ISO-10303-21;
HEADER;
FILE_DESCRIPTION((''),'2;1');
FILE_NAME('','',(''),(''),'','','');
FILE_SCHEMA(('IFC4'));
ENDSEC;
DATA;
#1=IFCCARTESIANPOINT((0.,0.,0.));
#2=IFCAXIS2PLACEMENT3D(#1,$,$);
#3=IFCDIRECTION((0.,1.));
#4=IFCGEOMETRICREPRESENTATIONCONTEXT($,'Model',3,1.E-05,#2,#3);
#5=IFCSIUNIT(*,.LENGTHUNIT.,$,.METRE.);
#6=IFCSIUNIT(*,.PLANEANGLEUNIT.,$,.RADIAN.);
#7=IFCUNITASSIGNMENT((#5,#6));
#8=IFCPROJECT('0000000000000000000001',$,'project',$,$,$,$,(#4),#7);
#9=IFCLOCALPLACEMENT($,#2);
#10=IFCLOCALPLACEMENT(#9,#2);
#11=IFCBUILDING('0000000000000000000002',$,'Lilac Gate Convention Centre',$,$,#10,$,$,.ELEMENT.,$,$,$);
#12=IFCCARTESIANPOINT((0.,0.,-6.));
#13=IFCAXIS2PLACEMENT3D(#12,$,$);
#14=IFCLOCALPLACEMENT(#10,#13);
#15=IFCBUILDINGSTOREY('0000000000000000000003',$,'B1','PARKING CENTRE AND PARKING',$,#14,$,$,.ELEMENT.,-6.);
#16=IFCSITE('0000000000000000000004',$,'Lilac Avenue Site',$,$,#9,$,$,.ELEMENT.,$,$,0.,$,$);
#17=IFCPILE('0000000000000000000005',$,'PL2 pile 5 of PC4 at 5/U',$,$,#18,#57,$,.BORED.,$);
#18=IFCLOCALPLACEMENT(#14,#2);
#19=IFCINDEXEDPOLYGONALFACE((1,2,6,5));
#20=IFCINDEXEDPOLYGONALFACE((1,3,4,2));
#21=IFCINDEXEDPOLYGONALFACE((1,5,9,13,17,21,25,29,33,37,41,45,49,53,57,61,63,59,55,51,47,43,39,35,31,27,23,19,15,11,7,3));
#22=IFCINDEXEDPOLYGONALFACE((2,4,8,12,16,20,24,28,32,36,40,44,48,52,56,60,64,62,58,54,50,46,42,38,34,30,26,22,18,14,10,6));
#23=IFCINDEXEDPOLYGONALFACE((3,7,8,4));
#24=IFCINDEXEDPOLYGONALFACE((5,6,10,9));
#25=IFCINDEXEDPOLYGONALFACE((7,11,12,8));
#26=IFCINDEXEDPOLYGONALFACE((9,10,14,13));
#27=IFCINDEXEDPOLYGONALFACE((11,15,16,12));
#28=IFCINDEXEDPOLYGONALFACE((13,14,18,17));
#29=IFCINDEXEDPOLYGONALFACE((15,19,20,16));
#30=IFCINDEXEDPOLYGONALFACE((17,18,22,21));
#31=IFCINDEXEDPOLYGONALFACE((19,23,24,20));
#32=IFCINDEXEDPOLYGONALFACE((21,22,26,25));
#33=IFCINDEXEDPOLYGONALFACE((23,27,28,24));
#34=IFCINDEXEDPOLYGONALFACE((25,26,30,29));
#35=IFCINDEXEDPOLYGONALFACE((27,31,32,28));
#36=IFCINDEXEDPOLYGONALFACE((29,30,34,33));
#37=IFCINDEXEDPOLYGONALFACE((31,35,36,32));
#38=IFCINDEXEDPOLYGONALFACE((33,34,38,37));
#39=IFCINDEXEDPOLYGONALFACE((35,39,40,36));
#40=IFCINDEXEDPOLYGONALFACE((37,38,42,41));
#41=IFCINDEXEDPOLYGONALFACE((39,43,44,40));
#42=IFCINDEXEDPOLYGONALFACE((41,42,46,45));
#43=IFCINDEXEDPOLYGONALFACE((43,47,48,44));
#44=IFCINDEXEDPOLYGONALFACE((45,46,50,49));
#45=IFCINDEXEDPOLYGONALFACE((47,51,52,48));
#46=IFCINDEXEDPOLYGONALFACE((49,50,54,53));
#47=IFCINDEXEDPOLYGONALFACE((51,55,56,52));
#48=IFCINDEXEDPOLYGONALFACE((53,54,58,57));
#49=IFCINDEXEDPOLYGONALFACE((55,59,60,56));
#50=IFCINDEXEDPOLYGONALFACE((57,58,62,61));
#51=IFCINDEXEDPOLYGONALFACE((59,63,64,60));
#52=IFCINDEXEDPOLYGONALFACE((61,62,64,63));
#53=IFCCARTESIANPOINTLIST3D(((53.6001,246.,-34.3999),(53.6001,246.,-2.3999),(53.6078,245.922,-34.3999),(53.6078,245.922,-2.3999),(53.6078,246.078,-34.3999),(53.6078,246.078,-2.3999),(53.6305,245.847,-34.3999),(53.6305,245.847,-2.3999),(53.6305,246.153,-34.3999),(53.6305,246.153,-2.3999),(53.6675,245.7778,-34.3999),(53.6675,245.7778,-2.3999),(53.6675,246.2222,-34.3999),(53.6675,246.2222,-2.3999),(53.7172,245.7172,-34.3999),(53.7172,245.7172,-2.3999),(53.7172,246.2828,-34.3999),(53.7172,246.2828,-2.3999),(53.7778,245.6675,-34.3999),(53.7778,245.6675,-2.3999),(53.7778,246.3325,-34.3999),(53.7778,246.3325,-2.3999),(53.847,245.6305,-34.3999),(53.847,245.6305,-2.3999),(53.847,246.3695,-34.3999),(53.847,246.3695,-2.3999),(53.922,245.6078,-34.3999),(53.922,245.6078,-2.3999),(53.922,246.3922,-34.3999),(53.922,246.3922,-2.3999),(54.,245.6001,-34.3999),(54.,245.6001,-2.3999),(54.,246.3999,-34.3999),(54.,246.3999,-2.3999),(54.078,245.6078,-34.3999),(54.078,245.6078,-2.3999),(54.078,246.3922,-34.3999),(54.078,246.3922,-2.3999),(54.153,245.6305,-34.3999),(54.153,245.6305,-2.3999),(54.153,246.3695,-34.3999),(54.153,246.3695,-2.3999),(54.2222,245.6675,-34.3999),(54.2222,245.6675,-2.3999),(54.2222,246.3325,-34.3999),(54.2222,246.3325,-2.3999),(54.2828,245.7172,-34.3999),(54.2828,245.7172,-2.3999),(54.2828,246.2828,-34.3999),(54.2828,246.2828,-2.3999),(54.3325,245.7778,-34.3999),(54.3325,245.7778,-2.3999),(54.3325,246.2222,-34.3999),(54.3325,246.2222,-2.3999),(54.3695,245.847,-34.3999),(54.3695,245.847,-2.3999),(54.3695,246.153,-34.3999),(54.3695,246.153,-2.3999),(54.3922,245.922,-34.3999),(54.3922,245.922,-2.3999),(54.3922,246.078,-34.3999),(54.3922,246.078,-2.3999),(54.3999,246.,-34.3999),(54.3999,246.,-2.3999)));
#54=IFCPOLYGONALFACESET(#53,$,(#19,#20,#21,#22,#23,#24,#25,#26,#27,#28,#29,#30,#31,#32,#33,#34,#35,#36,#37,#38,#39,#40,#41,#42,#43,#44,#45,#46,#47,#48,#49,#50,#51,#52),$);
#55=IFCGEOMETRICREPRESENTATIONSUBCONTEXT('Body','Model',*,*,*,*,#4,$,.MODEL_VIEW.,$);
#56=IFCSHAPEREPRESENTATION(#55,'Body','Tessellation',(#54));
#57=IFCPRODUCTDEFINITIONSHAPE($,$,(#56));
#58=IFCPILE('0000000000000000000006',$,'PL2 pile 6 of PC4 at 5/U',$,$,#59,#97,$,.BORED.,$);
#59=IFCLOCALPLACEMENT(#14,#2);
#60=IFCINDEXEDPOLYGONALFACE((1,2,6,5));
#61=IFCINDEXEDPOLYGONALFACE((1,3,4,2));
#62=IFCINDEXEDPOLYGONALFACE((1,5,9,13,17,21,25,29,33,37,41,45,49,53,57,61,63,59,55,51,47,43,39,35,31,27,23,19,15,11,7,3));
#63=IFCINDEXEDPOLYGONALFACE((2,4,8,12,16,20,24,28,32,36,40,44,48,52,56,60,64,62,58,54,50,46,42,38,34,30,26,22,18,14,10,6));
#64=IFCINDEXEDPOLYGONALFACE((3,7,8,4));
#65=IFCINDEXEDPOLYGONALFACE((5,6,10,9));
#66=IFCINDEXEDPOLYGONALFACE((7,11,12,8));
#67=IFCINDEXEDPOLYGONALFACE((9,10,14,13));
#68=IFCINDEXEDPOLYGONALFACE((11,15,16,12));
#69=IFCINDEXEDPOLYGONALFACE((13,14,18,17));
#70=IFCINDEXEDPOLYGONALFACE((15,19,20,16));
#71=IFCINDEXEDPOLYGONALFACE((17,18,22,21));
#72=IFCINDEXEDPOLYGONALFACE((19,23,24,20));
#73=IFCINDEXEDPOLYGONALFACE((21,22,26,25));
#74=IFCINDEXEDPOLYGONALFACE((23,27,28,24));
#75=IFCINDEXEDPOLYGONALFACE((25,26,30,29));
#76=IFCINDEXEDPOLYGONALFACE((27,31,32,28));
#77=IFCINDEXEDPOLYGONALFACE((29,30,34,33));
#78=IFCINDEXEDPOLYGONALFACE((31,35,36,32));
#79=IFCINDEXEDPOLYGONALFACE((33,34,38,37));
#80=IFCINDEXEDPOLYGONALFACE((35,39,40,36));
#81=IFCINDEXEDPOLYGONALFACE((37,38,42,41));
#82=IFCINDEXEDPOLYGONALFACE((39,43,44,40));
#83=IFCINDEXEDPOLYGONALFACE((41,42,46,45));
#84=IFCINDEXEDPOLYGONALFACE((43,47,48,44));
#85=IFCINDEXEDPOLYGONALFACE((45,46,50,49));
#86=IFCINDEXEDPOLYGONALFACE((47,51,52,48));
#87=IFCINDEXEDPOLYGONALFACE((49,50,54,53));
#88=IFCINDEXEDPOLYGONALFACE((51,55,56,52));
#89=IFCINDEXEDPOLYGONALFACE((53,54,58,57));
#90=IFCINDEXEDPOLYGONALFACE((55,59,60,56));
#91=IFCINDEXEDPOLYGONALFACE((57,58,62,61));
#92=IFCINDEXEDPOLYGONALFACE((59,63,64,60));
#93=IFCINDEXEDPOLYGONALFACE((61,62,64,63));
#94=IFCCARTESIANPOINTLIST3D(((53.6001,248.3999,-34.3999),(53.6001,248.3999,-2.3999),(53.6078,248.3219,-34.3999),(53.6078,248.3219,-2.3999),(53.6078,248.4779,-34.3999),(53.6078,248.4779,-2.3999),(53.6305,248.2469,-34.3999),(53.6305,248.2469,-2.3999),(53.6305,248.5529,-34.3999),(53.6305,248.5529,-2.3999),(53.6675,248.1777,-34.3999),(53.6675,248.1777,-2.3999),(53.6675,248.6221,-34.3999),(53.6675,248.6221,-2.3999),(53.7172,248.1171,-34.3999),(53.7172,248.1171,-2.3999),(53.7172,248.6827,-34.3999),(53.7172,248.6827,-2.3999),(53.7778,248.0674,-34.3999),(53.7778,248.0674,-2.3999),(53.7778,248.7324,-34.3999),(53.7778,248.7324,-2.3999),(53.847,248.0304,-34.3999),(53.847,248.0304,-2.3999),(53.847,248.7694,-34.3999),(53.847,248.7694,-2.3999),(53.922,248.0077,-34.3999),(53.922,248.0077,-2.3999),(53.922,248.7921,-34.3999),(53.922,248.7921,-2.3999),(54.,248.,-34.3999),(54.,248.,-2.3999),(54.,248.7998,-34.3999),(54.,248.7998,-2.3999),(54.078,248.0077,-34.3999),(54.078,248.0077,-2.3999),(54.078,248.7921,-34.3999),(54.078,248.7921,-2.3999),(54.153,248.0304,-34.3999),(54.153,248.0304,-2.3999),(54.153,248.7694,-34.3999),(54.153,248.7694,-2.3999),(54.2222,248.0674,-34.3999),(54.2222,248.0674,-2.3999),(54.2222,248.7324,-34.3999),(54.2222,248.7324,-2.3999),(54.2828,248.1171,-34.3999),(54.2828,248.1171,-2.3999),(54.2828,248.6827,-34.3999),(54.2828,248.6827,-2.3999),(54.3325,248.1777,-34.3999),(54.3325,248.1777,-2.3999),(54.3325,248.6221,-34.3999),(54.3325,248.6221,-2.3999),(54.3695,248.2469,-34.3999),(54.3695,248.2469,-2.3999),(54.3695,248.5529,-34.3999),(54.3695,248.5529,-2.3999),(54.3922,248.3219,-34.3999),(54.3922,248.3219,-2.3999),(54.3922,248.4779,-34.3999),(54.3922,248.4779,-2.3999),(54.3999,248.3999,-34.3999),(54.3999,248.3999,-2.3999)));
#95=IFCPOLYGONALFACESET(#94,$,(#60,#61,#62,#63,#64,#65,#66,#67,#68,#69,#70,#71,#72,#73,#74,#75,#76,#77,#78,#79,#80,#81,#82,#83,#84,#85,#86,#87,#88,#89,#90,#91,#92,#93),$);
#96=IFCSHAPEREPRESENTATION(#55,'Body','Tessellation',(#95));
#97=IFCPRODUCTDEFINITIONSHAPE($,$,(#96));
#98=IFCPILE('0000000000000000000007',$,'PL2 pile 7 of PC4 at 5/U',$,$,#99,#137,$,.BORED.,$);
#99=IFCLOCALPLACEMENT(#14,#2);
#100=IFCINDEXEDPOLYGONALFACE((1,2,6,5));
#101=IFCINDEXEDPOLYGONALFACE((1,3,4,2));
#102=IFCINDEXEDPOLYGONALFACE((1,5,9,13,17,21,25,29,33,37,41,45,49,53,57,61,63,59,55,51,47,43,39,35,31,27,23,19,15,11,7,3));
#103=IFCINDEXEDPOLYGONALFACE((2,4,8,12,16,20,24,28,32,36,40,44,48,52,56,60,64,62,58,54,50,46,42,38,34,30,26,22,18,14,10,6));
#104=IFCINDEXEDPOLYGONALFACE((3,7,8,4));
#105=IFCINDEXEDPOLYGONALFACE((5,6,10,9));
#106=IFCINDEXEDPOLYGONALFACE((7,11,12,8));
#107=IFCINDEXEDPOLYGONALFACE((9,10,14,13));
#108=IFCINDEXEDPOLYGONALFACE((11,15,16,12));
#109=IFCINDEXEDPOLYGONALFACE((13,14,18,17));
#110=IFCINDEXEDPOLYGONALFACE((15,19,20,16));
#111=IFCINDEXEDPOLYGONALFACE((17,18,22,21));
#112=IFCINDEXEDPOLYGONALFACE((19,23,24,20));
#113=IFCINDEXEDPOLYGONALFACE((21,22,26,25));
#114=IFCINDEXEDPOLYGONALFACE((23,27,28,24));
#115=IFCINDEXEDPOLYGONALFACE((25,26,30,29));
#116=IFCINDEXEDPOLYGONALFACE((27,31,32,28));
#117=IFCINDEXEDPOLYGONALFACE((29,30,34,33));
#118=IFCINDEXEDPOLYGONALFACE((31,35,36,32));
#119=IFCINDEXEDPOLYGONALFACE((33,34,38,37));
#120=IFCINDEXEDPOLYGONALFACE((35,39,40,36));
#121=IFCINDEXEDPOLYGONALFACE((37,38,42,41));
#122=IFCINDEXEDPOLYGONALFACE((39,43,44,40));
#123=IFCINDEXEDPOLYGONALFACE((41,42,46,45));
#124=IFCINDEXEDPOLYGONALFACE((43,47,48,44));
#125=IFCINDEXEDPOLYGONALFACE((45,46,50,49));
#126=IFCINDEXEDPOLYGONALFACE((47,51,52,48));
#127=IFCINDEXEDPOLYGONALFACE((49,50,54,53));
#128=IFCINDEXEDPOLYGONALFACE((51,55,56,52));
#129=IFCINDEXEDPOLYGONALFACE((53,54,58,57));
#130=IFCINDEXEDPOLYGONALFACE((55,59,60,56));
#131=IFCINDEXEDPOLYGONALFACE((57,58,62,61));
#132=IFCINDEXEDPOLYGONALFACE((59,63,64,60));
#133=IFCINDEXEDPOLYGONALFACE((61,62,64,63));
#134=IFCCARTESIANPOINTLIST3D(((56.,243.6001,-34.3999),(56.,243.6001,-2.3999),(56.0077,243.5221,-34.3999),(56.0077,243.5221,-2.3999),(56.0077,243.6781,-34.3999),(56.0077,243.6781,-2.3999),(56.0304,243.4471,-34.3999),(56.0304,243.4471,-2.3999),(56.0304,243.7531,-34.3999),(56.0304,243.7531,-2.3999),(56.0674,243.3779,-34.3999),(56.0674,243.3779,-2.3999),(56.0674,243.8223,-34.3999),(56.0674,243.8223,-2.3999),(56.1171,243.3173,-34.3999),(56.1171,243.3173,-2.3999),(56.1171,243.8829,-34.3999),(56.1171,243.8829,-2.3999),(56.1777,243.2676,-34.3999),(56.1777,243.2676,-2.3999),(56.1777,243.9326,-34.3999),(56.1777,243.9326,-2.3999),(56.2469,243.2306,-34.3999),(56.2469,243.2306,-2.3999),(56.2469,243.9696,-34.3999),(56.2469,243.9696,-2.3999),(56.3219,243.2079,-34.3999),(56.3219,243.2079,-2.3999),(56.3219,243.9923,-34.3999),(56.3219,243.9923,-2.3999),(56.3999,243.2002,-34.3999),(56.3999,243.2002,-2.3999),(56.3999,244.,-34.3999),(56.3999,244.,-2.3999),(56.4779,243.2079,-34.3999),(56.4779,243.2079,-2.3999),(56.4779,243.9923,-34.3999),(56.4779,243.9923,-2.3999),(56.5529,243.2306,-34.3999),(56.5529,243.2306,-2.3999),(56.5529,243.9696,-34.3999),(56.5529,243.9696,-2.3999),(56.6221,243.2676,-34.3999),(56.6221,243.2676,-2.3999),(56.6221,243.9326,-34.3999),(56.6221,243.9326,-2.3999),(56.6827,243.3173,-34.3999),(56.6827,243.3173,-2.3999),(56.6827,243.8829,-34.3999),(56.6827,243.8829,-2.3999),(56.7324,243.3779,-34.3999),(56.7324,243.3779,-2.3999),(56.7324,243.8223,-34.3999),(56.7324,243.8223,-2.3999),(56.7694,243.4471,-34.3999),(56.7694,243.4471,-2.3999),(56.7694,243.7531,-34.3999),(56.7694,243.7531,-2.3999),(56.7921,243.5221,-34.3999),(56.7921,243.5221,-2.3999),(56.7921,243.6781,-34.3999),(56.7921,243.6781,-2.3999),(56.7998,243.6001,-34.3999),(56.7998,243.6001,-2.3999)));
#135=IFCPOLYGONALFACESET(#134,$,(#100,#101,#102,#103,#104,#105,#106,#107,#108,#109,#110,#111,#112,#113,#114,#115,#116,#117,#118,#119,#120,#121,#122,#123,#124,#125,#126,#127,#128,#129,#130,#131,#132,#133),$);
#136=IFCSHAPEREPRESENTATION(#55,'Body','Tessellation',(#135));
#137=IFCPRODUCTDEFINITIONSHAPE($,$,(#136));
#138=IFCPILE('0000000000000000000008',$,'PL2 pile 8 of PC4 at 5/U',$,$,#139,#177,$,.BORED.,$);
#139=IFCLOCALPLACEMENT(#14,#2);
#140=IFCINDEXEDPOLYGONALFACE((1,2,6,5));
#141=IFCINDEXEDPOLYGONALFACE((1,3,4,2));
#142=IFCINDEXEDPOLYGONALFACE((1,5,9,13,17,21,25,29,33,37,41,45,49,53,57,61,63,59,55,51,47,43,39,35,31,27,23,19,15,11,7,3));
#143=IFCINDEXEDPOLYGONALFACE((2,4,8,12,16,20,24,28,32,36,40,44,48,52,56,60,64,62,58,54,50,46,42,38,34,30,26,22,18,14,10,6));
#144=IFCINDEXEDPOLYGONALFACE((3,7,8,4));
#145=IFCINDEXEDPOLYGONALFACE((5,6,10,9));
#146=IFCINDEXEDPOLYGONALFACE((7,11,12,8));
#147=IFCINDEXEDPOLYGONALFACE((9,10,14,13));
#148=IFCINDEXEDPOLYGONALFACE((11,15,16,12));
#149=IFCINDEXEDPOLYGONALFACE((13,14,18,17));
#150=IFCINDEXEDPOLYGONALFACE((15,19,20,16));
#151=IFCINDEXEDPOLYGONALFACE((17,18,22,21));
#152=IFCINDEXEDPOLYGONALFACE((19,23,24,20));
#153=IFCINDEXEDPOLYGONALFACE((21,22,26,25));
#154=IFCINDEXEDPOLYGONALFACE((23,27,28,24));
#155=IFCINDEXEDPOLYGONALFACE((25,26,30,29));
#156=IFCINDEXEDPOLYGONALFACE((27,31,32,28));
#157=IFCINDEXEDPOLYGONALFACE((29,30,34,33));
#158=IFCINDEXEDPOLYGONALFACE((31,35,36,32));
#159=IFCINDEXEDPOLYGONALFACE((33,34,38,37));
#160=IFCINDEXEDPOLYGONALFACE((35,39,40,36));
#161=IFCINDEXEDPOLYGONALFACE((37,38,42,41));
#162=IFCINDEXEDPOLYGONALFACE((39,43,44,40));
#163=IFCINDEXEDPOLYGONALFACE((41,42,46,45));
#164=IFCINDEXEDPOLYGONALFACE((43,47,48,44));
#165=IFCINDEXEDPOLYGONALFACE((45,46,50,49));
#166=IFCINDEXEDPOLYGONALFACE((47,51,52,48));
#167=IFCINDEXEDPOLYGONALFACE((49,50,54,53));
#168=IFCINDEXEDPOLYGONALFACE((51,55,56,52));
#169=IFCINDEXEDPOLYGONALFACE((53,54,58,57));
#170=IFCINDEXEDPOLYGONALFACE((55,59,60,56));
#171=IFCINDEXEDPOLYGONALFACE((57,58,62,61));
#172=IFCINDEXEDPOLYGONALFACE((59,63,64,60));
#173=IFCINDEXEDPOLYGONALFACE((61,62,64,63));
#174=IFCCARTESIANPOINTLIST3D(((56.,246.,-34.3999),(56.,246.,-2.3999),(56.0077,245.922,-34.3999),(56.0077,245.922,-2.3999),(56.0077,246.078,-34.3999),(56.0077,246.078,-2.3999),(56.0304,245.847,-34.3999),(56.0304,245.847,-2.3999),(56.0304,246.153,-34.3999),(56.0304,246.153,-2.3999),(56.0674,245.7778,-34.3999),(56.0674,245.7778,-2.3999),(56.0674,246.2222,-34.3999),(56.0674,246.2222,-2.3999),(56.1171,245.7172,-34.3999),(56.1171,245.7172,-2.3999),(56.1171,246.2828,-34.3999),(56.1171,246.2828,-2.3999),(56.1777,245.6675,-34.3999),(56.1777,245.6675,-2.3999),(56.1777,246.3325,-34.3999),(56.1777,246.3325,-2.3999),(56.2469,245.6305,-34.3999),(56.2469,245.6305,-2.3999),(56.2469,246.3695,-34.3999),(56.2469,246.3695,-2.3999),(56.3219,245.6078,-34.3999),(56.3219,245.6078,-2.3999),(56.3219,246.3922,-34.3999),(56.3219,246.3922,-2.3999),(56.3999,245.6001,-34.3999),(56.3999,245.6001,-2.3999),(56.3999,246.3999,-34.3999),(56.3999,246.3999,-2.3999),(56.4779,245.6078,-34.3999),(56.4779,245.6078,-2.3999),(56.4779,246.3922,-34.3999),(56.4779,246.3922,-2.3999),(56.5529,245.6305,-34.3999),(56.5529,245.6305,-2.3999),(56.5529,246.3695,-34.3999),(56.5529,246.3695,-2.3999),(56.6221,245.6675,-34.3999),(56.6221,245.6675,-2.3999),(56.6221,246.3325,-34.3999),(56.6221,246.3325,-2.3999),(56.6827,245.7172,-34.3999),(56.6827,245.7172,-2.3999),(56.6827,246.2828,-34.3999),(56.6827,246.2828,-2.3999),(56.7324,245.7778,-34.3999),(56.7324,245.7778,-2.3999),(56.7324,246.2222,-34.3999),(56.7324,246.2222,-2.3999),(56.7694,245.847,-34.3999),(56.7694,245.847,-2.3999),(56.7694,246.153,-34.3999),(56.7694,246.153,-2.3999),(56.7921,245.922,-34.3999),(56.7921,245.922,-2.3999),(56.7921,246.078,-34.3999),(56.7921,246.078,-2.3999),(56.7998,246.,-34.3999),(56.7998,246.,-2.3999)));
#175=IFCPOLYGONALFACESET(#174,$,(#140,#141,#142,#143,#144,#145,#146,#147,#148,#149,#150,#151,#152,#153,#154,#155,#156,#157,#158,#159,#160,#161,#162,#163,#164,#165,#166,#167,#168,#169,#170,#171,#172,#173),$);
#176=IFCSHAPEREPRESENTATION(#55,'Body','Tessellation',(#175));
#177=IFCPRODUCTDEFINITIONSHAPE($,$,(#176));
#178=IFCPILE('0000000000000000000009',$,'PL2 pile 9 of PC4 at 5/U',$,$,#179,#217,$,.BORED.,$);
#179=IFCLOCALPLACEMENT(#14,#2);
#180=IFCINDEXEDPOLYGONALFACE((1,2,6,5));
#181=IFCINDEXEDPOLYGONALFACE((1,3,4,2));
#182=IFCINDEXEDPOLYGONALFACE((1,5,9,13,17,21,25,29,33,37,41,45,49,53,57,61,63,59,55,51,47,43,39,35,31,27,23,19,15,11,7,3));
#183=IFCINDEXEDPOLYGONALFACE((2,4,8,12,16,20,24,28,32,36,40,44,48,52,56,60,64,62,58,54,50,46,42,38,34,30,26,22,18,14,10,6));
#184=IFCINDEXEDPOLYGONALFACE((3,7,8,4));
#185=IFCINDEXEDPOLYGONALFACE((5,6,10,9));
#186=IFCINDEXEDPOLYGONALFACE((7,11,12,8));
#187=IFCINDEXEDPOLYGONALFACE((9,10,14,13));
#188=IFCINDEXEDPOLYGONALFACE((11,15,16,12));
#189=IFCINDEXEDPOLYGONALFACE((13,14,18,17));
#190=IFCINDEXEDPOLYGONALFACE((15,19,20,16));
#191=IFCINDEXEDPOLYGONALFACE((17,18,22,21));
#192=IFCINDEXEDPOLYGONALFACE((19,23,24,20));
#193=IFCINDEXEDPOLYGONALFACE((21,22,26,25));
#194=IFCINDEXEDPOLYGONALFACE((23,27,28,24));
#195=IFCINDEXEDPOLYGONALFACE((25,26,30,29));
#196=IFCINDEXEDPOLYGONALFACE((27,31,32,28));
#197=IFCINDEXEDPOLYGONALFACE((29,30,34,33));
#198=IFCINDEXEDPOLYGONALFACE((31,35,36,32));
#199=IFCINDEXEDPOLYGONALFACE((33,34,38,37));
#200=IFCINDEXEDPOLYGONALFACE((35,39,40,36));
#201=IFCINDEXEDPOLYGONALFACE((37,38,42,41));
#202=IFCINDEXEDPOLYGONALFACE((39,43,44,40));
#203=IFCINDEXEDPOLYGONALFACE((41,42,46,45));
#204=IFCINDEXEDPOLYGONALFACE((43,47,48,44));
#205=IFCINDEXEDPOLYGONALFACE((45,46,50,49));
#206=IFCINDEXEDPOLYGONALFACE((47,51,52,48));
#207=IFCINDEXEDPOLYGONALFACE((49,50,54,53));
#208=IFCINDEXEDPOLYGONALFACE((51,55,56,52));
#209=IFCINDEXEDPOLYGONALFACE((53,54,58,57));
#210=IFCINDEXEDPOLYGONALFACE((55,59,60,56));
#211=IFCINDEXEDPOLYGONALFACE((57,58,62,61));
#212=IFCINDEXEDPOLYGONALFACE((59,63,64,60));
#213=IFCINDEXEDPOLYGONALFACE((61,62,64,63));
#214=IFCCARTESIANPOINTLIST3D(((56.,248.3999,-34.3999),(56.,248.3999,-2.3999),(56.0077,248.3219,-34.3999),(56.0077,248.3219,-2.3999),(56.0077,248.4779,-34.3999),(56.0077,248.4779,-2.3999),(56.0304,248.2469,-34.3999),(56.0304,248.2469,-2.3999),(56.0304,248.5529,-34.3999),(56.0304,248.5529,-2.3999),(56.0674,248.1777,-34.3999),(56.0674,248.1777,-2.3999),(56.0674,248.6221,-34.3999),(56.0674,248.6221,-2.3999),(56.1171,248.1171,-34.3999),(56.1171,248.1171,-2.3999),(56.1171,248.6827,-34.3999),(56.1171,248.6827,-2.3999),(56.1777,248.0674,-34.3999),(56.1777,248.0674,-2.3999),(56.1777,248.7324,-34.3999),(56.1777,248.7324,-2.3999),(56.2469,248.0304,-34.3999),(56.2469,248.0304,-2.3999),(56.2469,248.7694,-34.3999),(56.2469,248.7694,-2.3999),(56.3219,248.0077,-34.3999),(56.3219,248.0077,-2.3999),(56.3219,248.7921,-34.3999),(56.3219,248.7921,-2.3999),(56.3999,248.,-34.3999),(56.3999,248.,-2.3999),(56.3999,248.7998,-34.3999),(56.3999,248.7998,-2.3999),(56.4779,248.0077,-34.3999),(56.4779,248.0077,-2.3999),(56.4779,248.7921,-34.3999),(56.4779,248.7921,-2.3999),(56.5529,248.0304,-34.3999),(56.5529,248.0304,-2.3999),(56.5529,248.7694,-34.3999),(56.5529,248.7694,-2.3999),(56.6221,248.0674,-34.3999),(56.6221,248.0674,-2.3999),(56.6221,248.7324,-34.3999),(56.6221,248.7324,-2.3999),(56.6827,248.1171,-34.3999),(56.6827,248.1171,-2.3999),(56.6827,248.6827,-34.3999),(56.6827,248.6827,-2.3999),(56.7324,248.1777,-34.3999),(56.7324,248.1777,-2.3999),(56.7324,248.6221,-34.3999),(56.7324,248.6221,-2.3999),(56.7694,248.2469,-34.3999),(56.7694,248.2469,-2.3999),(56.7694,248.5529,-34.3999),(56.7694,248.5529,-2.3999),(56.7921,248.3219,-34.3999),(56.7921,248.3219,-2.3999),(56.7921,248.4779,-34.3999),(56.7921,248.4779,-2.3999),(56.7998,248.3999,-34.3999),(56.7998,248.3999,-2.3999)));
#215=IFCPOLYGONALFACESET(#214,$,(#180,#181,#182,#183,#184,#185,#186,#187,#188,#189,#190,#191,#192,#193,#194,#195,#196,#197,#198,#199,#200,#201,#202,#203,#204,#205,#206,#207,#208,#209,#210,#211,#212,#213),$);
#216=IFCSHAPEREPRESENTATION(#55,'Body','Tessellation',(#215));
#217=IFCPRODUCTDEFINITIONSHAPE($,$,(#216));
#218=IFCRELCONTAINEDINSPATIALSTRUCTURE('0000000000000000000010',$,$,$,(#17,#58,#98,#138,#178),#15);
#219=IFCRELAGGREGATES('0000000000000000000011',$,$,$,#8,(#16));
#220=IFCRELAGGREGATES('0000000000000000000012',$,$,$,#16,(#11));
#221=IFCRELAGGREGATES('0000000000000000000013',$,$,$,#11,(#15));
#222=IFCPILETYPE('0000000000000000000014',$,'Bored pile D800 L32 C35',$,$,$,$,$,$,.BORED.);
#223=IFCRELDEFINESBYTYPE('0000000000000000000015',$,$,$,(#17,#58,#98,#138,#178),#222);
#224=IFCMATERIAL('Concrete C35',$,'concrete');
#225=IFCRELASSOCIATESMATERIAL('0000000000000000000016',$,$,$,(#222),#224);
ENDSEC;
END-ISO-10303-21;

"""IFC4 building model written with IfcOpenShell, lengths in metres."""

from ifc_helpers import new_model, si_unit, direction, frame, origin, origin_2d, place, context, subcontext, project, spatial, circle, extrude, material, material_profile, profile_set, type_object, element, save


model = new_model("IFC4")

# Units and contexts
model_context = context("Model", 3, precision=1e-05, world=origin(), true_north=direction((0.0, 1.0)))
body_context = subcontext(model_context, "Body", "Model", "MODEL_VIEW")
ifc_project = project(units=[si_unit("LENGTHUNIT", "METRE"), si_unit("PLANEANGLEUNIT", "RADIAN")], contexts=[model_context])

# Site, building, storey
site_placement = place(None, origin())
site = spatial("IfcSite", under=ifc_project, at=site_placement, Name="Lilac Avenue Site", CompositionType="ELEMENT", RefElevation=0.0)
building_placement = place(site_placement, origin())
building = spatial("IfcBuilding", under=site, at=building_placement, Name="Lilac Gate Convention Centre", CompositionType="ELEMENT")
storey_placement = place(building_placement, frame((0.0, 0.0, -6.0)))
storey = spatial("IfcBuildingStorey", under=building, at=storey_placement, Name="B1", Description="PARKING CENTRE AND PARKING", CompositionType="ELEMENT", Elevation=-6.0)

# Piles
ifc_material_1 = material(Name="Concrete C35", Category="concrete")
ifc_material_profile_1 = material_profile(ifc_material_1, circle(Radius=0.3999, at=origin_2d()), Name="D800")
ifc_profile_set_1 = profile_set([ifc_material_profile_1], Name="Concrete C35")
pile_type = type_object("IfcPileType", Name="Bored pile D800 L32 C35", PredefinedType="BORED", material=ifc_profile_set_1)
for number, where, z_axis, x_axis, name in (
    (1, (54.0, 246.0, -2.3999), (0.0, 0.0, -1.0), (1.0, 0.0, 0.0), "PL2 pile 5 of PC4 at 5/U"),
    (2, (54.0, 248.3999, -2.3999), (0.0, 0.0, -1.0), (1.0, 0.0, 0.0), "PL2 pile 6 of PC4 at 5/U"),
    (3, (56.3999, 243.6001, -2.3999), (0.0, 0.0, -1.0), (1.0, 0.0, 0.0), "PL2 pile 7 of PC4 at 5/U"),
    (4, (56.3999, 246.0, -2.3999), (0.0, 0.0, -1.0), (1.0, 0.0, 0.0), "PL2 pile 8 of PC4 at 5/U"),
    (5, (56.3999, 248.3999, -2.3999), (0.0, 0.0, -1.0), (1.0, 0.0, 0.0), "PL2 pile 9 of PC4 at 5/U"),
):
    element("IfcPile", number, at=place(storey_placement, frame(where, z_axis=z_axis, x_axis=x_axis)), inside=storey, type_object=pile_type, Name=name, PredefinedType="BORED", context=body_context, shape_type="SweptSolid", body=[
        extrude(circle(Radius=0.3999, at=origin_2d()), origin(), (0.0, 0.0, 1.0), 32.0),
    ])

save(model, "model.ifc")
